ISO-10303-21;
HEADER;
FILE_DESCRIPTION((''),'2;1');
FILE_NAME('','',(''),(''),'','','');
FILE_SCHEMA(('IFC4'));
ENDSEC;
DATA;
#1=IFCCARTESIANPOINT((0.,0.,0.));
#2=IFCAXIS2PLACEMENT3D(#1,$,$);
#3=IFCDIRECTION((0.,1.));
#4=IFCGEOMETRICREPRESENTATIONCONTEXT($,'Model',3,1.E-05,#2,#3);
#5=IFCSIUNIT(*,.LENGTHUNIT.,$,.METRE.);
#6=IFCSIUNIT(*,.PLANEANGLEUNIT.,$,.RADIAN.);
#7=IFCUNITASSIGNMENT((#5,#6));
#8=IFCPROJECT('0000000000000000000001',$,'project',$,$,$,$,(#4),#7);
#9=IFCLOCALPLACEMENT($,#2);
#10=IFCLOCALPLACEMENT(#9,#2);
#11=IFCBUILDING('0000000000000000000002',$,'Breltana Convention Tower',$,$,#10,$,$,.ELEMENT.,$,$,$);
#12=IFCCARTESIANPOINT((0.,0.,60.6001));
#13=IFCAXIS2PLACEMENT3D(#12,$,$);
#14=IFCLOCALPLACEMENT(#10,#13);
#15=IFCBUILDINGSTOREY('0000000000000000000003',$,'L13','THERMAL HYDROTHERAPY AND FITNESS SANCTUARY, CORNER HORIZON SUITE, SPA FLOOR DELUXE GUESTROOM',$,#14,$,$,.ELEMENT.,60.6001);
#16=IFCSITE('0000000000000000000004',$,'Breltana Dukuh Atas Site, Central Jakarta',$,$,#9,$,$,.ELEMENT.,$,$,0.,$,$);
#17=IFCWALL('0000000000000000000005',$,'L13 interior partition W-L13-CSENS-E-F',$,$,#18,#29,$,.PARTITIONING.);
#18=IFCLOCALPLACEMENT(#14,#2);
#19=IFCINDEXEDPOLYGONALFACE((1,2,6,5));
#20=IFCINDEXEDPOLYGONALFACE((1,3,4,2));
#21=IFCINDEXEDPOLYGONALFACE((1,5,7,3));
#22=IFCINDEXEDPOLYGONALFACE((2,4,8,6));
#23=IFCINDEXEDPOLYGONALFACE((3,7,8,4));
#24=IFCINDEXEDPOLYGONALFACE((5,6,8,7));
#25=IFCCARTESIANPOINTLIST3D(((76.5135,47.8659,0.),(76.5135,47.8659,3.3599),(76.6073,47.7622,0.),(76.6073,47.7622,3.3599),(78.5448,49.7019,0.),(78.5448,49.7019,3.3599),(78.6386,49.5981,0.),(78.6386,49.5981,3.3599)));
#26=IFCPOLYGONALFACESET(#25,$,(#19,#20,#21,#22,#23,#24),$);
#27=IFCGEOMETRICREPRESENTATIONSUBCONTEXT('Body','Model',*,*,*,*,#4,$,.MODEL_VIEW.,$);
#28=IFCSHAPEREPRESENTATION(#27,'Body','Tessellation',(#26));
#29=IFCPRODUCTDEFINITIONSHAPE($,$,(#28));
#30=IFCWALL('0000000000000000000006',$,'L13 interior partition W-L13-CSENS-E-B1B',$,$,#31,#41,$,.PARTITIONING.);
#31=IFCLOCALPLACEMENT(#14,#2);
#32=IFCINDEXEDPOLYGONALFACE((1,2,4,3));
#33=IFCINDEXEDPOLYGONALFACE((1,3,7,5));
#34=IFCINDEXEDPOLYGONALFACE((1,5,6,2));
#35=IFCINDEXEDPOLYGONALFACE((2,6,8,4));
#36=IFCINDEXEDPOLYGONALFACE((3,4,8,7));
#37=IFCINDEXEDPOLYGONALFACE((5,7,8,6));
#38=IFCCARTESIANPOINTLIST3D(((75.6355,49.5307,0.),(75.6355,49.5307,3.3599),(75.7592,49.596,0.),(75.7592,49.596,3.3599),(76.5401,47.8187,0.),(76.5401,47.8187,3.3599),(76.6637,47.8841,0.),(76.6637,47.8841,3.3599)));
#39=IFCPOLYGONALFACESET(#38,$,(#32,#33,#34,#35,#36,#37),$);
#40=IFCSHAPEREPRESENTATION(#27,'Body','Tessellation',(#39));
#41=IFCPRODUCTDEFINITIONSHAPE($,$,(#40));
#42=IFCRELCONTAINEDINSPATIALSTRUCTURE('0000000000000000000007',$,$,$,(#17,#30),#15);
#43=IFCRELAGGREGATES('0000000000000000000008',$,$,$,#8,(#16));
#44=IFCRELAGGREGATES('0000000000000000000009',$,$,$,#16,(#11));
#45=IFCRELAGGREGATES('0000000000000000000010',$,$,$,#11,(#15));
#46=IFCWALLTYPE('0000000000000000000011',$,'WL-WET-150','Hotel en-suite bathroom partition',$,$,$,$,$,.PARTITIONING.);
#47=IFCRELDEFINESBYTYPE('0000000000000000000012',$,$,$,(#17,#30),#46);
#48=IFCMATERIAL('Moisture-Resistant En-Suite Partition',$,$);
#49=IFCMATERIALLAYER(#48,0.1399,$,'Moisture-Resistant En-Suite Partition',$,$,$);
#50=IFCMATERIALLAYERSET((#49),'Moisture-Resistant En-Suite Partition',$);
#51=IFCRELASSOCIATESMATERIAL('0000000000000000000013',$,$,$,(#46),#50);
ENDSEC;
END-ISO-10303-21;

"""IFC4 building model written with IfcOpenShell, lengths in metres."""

from ifc_helpers import new_model, si_unit, direction, frame, frame_2d, origin, place, context, subcontext, project, spatial, rectangle, extrude, source, transform, mapped, material, layer, layer_set, type_object, element, save


model = new_model("IFC4")

# Units and contexts
model_context = context("Model", 3, precision=1e-05, world=origin(), true_north=direction((0.0, 1.0)))
body_context = subcontext(model_context, "Body", "Model", "MODEL_VIEW")
ifc_project = project(units=[si_unit("LENGTHUNIT", "METRE"), si_unit("PLANEANGLEUNIT", "RADIAN")], contexts=[model_context])

# Site, building, storey
site_placement = place(None, origin())
site = spatial("IfcSite", under=ifc_project, at=site_placement, Name="Breltana Dukuh Atas Site, Central Jakarta", CompositionType="ELEMENT", RefElevation=0.0)
building_placement = place(site_placement, origin())
building = spatial("IfcBuilding", under=site, at=building_placement, Name="Breltana Convention Tower", CompositionType="ELEMENT")
storey_placement = place(building_placement, frame((0.0, 0.0, 60.6001)))
storey = spatial("IfcBuildingStorey", under=building, at=storey_placement, Name="L13", Description="THERMAL HYDROTHERAPY AND FITNESS SANCTUARY, CORNER HORIZON SUITE, SPA FLOOR DELUXE GUESTROOM", CompositionType="ELEMENT", Elevation=60.6001)

# Shared definitions
ifc_material_1 = material(Name="Moisture-Resistant En-Suite Partition")
ifc_layer_1 = layer(ifc_material_1, 0.1399, Name="Moisture-Resistant En-Suite Partition")
ifc_layer_set_1 = layer_set([ifc_layer_1], Name="Moisture-Resistant En-Suite Partition")
wall_type_1 = type_object("IfcWallType", Name="WL-WET-150", Description="Hotel en-suite bathroom partition", PredefinedType="PARTITIONING", material=ifc_layer_set_1)

# Walls
shared_shape_1 = source(origin(), body_context, "Body", "SweptSolid", [
    extrude(rectangle(XDim=2.738, YDim=0.1399, at=frame_2d((1.3691, 0.0))), origin(), (0.0, 0.0, 1.0), 3.3599),
])
wall_1_placement = place(storey_placement, frame((76.5603, 47.814, 0.0), z_axis=(0.0, 0.0, 1.0), x_axis=(0.741874, 0.67054, 0.0)))
element("IfcWall", 1, at=wall_1_placement, inside=storey, type_object=wall_type_1, Name="L13 interior partition W-L13-CSENS-E-F", PredefinedType="PARTITIONING", context=body_context, shape_type="MappedRepresentation", body=[
    mapped(shared_shape_1, transform((0.0, 0.0, 0.0), scale=1.0)),
])
shared_shape_2 = source(origin(), body_context, "Body", "SweptSolid", [
    extrude(rectangle(XDim=1.9363, YDim=0.1399, at=frame_2d((0.9683, 0.0))), origin(), (0.0, 0.0, 1.0), 3.3599),
])
wall_2_placement = place(storey_placement, frame((75.6973, 49.5635, 0.0), z_axis=(0.0, 0.0, 1.0), x_axis=(0.467175, -0.884165, 0.0)))
element("IfcWall", 2, at=wall_2_placement, inside=storey, type_object=wall_type_1, Name="L13 interior partition W-L13-CSENS-E-B1B", PredefinedType="PARTITIONING", context=body_context, shape_type="MappedRepresentation", body=[
    mapped(shared_shape_2, transform((0.0, 0.0, 0.0), scale=1.0)),
])

save(model, "model.ifc")
